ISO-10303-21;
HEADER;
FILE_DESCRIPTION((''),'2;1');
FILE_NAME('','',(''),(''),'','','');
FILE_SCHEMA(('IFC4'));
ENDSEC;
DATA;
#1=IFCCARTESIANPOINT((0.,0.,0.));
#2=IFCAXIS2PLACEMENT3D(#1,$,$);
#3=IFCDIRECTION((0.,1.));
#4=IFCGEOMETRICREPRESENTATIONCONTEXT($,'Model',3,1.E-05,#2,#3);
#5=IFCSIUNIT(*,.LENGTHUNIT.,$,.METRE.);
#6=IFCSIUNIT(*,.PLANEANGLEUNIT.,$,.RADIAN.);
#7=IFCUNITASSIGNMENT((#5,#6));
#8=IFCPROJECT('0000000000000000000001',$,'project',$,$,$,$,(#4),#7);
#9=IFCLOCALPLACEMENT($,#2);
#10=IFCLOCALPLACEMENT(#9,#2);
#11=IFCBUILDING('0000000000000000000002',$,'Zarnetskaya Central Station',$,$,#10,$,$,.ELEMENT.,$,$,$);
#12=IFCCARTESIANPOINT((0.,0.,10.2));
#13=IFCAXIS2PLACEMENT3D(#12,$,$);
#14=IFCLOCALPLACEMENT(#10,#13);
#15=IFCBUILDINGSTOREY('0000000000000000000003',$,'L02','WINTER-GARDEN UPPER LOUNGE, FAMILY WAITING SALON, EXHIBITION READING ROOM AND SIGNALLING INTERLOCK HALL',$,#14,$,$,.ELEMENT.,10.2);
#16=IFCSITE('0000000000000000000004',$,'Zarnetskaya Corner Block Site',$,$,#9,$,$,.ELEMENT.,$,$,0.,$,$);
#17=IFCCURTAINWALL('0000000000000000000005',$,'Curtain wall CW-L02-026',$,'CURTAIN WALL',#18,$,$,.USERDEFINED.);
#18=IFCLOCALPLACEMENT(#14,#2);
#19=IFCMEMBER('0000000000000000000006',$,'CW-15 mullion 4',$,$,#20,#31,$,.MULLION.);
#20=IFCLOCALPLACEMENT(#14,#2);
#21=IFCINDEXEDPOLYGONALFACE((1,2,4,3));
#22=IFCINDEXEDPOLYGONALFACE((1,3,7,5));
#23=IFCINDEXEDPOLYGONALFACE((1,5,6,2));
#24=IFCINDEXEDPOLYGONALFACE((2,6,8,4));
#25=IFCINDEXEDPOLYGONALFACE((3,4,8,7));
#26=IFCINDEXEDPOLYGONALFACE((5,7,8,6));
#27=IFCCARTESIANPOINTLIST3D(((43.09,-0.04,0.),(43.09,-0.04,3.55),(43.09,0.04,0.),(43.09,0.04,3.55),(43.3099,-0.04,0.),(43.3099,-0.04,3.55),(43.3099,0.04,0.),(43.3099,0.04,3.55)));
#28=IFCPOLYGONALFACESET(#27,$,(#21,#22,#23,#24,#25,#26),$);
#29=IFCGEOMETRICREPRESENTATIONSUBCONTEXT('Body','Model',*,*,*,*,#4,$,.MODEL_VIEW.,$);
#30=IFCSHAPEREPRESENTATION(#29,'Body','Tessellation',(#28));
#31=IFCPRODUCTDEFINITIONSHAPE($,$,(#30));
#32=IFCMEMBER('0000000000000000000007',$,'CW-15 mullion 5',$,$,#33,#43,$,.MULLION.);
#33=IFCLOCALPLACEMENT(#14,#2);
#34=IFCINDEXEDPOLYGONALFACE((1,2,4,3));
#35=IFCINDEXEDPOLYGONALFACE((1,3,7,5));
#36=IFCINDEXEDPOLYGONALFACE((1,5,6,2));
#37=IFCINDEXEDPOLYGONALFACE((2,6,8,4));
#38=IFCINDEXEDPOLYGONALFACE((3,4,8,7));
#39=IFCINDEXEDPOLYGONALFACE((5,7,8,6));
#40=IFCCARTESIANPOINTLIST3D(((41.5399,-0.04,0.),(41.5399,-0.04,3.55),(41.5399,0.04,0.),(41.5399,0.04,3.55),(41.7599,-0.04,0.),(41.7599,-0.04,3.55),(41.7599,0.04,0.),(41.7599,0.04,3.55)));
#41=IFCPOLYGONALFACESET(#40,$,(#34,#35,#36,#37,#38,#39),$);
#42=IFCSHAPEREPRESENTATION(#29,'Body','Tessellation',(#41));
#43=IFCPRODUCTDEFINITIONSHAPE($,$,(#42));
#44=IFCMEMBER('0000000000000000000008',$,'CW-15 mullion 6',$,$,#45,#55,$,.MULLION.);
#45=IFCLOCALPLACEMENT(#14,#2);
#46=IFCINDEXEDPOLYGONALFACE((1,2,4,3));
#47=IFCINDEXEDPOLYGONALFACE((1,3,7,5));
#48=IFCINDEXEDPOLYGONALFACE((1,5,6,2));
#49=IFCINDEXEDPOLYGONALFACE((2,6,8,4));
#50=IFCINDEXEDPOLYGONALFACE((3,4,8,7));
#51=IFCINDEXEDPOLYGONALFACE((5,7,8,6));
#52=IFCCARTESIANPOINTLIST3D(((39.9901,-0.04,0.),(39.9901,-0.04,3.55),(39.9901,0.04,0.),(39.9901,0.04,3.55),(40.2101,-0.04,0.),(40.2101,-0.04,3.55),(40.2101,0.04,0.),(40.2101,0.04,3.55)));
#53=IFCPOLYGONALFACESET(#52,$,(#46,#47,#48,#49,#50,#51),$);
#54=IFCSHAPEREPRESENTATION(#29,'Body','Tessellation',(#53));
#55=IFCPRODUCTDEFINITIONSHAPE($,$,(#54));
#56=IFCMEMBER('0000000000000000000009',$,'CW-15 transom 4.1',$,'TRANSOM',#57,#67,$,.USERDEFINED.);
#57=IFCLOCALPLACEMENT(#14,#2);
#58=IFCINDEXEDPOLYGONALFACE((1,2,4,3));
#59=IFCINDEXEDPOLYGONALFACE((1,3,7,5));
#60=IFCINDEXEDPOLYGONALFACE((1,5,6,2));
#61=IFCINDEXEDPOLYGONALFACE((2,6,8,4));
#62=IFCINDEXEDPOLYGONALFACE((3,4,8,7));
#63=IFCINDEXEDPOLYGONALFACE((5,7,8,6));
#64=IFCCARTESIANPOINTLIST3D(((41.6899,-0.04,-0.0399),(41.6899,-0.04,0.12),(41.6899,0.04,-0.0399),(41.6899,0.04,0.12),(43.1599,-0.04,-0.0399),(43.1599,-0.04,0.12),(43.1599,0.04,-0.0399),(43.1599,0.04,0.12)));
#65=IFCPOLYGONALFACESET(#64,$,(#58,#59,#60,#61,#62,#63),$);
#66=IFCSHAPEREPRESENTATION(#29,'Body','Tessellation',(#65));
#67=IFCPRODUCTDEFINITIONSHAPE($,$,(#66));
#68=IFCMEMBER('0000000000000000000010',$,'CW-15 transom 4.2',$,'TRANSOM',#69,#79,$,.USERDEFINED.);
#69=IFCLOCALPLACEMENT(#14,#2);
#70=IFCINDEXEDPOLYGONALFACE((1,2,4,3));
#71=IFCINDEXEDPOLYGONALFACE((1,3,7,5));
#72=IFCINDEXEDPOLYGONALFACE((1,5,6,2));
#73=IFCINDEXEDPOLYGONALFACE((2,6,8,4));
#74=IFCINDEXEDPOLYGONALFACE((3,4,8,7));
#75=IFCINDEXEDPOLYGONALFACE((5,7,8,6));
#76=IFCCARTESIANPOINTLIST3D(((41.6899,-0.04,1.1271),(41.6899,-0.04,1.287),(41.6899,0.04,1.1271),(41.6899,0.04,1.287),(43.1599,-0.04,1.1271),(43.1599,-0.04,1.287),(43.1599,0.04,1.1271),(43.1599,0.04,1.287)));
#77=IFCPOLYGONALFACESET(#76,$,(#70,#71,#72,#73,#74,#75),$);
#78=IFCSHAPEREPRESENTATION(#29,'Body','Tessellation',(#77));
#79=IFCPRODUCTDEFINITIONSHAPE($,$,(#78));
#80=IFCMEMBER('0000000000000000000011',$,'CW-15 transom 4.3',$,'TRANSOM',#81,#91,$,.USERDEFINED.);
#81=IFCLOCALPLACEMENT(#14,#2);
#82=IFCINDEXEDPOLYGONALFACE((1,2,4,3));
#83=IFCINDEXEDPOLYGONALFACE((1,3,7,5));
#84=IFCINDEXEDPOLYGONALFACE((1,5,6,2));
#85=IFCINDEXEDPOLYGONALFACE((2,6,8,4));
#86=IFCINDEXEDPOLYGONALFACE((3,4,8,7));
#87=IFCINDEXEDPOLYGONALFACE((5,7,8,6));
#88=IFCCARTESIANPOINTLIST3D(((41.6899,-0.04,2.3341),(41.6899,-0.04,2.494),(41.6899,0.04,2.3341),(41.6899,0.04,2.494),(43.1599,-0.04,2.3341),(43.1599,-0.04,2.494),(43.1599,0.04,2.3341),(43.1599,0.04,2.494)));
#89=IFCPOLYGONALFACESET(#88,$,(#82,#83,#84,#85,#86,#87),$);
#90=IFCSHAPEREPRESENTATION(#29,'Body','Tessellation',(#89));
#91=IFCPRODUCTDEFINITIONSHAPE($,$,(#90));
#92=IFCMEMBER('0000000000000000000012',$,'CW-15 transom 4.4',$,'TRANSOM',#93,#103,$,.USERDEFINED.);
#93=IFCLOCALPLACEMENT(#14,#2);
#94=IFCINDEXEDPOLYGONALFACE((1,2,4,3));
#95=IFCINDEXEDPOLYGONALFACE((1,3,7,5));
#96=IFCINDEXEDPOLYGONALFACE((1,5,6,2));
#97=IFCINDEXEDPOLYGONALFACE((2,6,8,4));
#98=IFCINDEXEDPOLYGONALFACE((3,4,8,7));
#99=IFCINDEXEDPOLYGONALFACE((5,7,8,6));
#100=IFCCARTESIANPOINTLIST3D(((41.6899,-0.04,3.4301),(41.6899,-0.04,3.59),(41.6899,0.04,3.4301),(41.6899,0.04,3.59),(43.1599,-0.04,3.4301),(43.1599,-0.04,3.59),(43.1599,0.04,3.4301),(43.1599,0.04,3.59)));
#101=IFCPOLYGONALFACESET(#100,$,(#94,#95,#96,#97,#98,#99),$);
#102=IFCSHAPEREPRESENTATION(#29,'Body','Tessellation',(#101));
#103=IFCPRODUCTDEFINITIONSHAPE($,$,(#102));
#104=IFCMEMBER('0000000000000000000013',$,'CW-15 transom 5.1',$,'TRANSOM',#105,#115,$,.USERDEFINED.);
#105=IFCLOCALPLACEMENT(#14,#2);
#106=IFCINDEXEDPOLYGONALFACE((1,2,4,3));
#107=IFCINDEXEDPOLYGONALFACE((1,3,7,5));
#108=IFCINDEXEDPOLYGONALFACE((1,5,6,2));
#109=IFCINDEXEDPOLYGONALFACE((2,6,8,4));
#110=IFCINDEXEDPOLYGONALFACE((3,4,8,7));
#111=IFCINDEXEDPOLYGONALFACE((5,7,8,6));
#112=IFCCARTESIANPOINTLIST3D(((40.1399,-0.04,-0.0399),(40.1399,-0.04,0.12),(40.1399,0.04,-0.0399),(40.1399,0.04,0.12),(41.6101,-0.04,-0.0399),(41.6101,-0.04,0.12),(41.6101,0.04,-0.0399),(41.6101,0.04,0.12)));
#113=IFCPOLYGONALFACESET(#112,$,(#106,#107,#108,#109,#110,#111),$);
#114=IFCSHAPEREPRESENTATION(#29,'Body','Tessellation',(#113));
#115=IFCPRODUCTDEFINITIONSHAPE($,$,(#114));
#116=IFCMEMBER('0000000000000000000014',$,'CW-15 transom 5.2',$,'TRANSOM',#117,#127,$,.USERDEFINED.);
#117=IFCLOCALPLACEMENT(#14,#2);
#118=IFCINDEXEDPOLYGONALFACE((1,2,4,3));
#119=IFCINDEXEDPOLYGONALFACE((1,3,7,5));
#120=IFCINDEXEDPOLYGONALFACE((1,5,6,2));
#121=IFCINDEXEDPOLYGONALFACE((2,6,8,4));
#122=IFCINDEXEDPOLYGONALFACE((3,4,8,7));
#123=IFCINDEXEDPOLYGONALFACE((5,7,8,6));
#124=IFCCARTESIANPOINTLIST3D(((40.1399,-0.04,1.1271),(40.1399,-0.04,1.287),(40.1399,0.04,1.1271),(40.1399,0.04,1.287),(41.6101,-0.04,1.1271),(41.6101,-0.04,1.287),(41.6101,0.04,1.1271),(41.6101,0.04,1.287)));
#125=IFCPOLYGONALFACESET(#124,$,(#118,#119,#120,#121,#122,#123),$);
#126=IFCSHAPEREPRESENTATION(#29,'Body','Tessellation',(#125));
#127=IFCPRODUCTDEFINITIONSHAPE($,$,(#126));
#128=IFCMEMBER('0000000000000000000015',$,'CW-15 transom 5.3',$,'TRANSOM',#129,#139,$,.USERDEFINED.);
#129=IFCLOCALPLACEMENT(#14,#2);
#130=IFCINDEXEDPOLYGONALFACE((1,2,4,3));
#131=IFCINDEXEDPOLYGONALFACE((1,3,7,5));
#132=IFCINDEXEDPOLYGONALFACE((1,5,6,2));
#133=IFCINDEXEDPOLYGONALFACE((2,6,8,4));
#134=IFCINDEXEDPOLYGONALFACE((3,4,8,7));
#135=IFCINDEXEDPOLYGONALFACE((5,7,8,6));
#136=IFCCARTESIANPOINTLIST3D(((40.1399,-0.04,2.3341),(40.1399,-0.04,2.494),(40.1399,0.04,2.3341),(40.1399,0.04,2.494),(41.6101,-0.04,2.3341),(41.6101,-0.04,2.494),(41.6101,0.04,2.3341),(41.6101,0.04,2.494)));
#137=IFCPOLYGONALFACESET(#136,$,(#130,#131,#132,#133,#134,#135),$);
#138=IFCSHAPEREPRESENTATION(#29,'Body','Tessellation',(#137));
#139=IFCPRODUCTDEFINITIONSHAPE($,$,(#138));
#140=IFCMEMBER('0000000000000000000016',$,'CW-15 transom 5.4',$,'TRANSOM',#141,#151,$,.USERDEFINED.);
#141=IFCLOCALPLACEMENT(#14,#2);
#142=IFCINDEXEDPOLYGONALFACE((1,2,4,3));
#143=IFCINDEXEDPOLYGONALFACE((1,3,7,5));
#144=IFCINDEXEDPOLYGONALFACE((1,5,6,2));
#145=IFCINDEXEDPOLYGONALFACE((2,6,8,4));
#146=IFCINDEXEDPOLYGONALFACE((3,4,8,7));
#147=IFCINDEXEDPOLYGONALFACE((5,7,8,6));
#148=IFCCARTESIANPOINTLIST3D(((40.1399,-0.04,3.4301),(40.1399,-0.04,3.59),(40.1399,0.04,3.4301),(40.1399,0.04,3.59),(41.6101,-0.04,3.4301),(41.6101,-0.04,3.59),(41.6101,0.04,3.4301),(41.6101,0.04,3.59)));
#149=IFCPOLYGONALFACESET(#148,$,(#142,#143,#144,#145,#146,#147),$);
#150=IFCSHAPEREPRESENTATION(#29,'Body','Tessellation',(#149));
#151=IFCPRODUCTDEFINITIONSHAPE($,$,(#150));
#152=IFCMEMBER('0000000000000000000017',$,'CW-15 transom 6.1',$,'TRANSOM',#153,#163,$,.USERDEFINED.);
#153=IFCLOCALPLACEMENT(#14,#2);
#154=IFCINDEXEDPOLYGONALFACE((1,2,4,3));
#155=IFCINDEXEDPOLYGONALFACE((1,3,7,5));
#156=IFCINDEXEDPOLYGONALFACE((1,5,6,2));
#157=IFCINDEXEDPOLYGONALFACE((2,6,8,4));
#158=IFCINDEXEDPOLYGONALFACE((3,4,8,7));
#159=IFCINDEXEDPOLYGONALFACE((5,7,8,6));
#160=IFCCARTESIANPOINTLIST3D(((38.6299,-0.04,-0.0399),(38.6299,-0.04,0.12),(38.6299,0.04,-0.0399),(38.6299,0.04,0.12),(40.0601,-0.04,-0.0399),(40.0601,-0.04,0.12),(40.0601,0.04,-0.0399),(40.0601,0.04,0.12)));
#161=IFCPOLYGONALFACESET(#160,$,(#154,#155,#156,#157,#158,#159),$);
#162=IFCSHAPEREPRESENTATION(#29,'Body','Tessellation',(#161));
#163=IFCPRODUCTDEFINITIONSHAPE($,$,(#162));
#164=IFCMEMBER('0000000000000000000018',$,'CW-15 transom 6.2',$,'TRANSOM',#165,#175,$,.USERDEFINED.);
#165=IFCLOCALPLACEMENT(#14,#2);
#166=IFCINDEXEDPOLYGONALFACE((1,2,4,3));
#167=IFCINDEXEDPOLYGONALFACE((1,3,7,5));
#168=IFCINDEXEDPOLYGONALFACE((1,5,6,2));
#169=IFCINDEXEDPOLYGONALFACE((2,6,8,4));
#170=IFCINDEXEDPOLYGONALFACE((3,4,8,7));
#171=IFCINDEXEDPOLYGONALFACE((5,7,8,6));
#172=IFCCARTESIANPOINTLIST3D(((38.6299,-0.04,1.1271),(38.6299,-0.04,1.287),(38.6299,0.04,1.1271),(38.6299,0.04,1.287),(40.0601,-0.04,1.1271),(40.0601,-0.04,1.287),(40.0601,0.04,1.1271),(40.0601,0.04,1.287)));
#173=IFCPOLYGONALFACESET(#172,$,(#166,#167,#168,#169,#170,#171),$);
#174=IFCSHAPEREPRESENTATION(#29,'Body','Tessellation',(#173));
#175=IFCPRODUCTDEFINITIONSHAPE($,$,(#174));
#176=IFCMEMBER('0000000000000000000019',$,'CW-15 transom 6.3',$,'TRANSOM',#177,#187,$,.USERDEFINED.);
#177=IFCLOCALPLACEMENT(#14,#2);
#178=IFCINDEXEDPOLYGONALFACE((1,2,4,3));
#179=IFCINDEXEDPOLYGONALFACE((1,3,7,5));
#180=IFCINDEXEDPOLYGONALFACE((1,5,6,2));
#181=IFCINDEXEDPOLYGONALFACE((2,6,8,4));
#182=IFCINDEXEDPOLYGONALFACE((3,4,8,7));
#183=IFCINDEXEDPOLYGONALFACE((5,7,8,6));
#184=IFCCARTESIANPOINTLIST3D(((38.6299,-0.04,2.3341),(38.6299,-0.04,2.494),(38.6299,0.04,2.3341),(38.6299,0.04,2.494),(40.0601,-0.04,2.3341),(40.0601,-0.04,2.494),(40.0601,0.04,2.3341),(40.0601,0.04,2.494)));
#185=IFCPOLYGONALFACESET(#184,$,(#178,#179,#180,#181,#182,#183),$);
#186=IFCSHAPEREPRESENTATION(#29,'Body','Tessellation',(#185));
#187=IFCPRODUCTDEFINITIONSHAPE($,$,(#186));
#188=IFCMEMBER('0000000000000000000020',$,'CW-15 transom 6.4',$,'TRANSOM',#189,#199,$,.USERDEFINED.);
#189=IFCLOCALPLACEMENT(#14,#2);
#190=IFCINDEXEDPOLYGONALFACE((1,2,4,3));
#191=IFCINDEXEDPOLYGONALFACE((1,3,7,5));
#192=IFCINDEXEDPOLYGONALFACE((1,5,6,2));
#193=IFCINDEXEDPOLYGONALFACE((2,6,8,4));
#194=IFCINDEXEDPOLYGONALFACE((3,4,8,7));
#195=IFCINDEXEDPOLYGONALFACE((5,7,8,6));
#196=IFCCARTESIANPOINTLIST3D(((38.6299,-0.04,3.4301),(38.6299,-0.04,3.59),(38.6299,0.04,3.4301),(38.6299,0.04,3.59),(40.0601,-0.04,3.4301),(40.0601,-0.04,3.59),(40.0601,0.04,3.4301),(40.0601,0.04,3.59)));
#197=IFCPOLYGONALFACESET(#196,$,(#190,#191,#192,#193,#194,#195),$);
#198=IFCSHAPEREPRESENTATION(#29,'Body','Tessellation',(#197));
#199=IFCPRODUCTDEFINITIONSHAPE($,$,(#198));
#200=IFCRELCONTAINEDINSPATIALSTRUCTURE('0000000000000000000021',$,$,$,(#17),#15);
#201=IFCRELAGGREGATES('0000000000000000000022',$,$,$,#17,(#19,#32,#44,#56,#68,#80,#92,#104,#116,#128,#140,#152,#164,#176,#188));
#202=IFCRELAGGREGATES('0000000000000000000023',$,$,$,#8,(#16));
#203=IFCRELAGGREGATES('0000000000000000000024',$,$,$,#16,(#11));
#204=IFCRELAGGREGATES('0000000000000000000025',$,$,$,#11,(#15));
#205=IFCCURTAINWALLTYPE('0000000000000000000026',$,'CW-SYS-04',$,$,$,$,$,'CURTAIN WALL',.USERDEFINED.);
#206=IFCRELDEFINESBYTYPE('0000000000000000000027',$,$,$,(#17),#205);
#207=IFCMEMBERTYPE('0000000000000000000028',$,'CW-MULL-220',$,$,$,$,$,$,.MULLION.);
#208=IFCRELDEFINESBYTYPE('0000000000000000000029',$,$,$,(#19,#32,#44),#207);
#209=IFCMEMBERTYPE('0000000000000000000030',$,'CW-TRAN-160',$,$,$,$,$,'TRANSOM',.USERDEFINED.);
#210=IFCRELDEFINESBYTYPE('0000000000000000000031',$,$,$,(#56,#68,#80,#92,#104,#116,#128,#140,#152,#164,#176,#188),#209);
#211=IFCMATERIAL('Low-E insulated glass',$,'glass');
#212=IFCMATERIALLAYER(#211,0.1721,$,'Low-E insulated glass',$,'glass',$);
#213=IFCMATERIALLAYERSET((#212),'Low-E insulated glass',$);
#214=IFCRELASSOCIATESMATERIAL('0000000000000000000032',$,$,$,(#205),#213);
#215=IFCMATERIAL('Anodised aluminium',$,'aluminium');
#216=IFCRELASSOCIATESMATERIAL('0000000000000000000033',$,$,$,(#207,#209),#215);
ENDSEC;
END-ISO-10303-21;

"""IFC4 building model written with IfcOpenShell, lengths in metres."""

from ifc_helpers import new_model, si_unit, direction, frame, origin, origin_2d, place, context, subcontext, project, spatial, rectangle, extrude, material, layer, layer_set, material_profile, profile_set, type_object, element, aggregate, save


model = new_model("IFC4")

# Units and contexts
model_context = context("Model", 3, precision=1e-05, world=origin(), true_north=direction((0.0, 1.0)))
body_context = subcontext(model_context, "Body", "Model", "MODEL_VIEW")
ifc_project = project(units=[si_unit("LENGTHUNIT", "METRE"), si_unit("PLANEANGLEUNIT", "RADIAN")], contexts=[model_context])

# Site, building, storey
site_placement = place(None, origin())
site = spatial("IfcSite", under=ifc_project, at=site_placement, Name="Zarnetskaya Corner Block Site", CompositionType="ELEMENT", RefElevation=0.0)
building_placement = place(site_placement, origin())
building = spatial("IfcBuilding", under=site, at=building_placement, Name="Zarnetskaya Central Station", CompositionType="ELEMENT")
storey_placement = place(building_placement, frame((0.0, 0.0, 10.2)))
storey = spatial("IfcBuildingStorey", under=building, at=storey_placement, Name="L02", Description="WINTER-GARDEN UPPER LOUNGE, FAMILY WAITING SALON, EXHIBITION READING ROOM AND SIGNALLING INTERLOCK HALL", CompositionType="ELEMENT", Elevation=10.2)

# Curtain wall, members
ifc_material_1 = material(Name="Low-E insulated glass", Category="glass")
ifc_layer_1 = layer(ifc_material_1, 0.1721, Name="Low-E insulated glass", Category="glass")
ifc_layer_set_1 = layer_set([ifc_layer_1], Name="Low-E insulated glass")
curtain_wall_type = type_object("IfcCurtainWallType", Name="CW-SYS-04", ElementType="CURTAIN WALL", PredefinedType="USERDEFINED", material=ifc_layer_set_1)
curtain_wall_placement = place(storey_placement, origin())
curtain_wall = element("IfcCurtainWall", 1, at=curtain_wall_placement, inside=storey, type_object=curtain_wall_type, Name="Curtain wall CW-L02-026", ObjectType="CURTAIN WALL", PredefinedType="USERDEFINED")
ifc_material_2 = material(Name="Anodised aluminium", Category="aluminium")
ifc_material_profile_1 = material_profile(ifc_material_2, rectangle(XDim=0.0801, YDim=0.22, at=origin_2d()), Name="ALU MULL 80x220")
ifc_profile_set_1 = profile_set([ifc_material_profile_1], Name="Anodised aluminium")
member_type_1 = type_object("IfcMemberType", Name="CW-MULL-220", PredefinedType="MULLION", material=ifc_profile_set_1)
member_1_placement = place(storey_placement, frame((43.2, 0.0, 0.0), z_axis=(0.0, 0.0, 1.0), x_axis=(0.0, -1.0, 0.0)))
member_1 = element("IfcMember", 2, at=member_1_placement, type_object=member_type_1, Name="CW-15 mullion 4", PredefinedType="MULLION", context=body_context, shape_type="SweptSolid", body=[
    extrude(rectangle(XDim=0.0801, YDim=0.22, at=origin_2d()), origin(), (0.0, 0.0, 1.0), 3.55),
])
member_2_placement = place(storey_placement, frame((41.6499, 0.0, 0.0), z_axis=(0.0, 0.0, 1.0), x_axis=(0.0, -1.0, 0.0)))
member_2 = element("IfcMember", 3, at=member_2_placement, type_object=member_type_1, Name="CW-15 mullion 5", PredefinedType="MULLION", context=body_context, shape_type="SweptSolid", body=[
    extrude(rectangle(XDim=0.0801, YDim=0.22, at=origin_2d()), origin(), (0.0, 0.0, 1.0), 3.55),
])
member_3_placement = place(storey_placement, frame((40.1001, 0.0, 0.0), z_axis=(0.0, 0.0, 1.0), x_axis=(0.0, -1.0, 0.0)))
member_3 = element("IfcMember", 4, at=member_3_placement, type_object=member_type_1, Name="CW-15 mullion 6", PredefinedType="MULLION", context=body_context, shape_type="SweptSolid", body=[
    extrude(rectangle(XDim=0.0801, YDim=0.22, at=origin_2d()), origin(), (0.0, 0.0, 1.0), 3.55),
])
ifc_material_profile_2 = material_profile(ifc_material_2, rectangle(XDim=0.0801, YDim=0.1599, at=origin_2d()), Name="ALU TRAN 80x160")
ifc_profile_set_2 = profile_set([ifc_material_profile_2], Name="Anodised aluminium")
member_type_2 = type_object("IfcMemberType", Name="CW-TRAN-160", ElementType="TRANSOM", PredefinedType="USERDEFINED", material=ifc_profile_set_2)
member_4_placement = place(storey_placement, frame((43.1599, 0.0, 0.04), z_axis=(-1.0, 0.0, 0.0), x_axis=(0.0, -1.0, 0.0)))
member_4 = element("IfcMember", 5, at=member_4_placement, type_object=member_type_2, Name="CW-15 transom 4.1", ObjectType="TRANSOM", PredefinedType="USERDEFINED", context=body_context, shape_type="SweptSolid", body=[
    extrude(rectangle(XDim=0.0801, YDim=0.1599, at=origin_2d()), origin(), (0.0, 0.0, 1.0), 1.47),
])
member_5_placement = place(storey_placement, frame((43.1599, 0.0, 1.207), z_axis=(-1.0, 0.0, 0.0), x_axis=(0.0, -1.0, 0.0)))
member_5 = element("IfcMember", 6, at=member_5_placement, type_object=member_type_2, Name="CW-15 transom 4.2", ObjectType="TRANSOM", PredefinedType="USERDEFINED", context=body_context, shape_type="SweptSolid", body=[
    extrude(rectangle(XDim=0.0801, YDim=0.1599, at=origin_2d()), origin(), (0.0, 0.0, 1.0), 1.47),
])
member_6_placement = place(storey_placement, frame((43.1599, 0.0, 2.4141), z_axis=(-1.0, 0.0, 0.0), x_axis=(0.0, -1.0, 0.0)))
member_6 = element("IfcMember", 7, at=member_6_placement, type_object=member_type_2, Name="CW-15 transom 4.3", ObjectType="TRANSOM", PredefinedType="USERDEFINED", context=body_context, shape_type="SweptSolid", body=[
    extrude(rectangle(XDim=0.0801, YDim=0.1599, at=origin_2d()), origin(), (0.0, 0.0, 1.0), 1.47),
])
member_7_placement = place(storey_placement, frame((43.1599, 0.0, 3.51), z_axis=(-1.0, 0.0, 0.0), x_axis=(0.0, -1.0, 0.0)))
member_7 = element("IfcMember", 8, at=member_7_placement, type_object=member_type_2, Name="CW-15 transom 4.4", ObjectType="TRANSOM", PredefinedType="USERDEFINED", context=body_context, shape_type="SweptSolid", body=[
    extrude(rectangle(XDim=0.0801, YDim=0.1599, at=origin_2d()), origin(), (0.0, 0.0, 1.0), 1.47),
])
member_8_placement = place(storey_placement, frame((41.6101, 0.0, 0.04), z_axis=(-1.0, 0.0, 0.0), x_axis=(0.0, -1.0, 0.0)))
member_8 = element("IfcMember", 9, at=member_8_placement, type_object=member_type_2, Name="CW-15 transom 5.1", ObjectType="TRANSOM", PredefinedType="USERDEFINED", context=body_context, shape_type="SweptSolid", body=[
    extrude(rectangle(XDim=0.0801, YDim=0.1599, at=origin_2d()), origin(), (0.0, 0.0, 1.0), 1.4702),
])
member_9_placement = place(storey_placement, frame((41.6101, 0.0, 1.207), z_axis=(-1.0, 0.0, 0.0), x_axis=(0.0, -1.0, 0.0)))
member_9 = element("IfcMember", 10, at=member_9_placement, type_object=member_type_2, Name="CW-15 transom 5.2", ObjectType="TRANSOM", PredefinedType="USERDEFINED", context=body_context, shape_type="SweptSolid", body=[
    extrude(rectangle(XDim=0.0801, YDim=0.1599, at=origin_2d()), origin(), (0.0, 0.0, 1.0), 1.4702),
])
member_10_placement = place(storey_placement, frame((41.6101, 0.0, 2.4141), z_axis=(-1.0, 0.0, 0.0), x_axis=(0.0, -1.0, 0.0)))
member_10 = element("IfcMember", 11, at=member_10_placement, type_object=member_type_2, Name="CW-15 transom 5.3", ObjectType="TRANSOM", PredefinedType="USERDEFINED", context=body_context, shape_type="SweptSolid", body=[
    extrude(rectangle(XDim=0.0801, YDim=0.1599, at=origin_2d()), origin(), (0.0, 0.0, 1.0), 1.4702),
])
member_11_placement = place(storey_placement, frame((41.6101, 0.0, 3.51), z_axis=(-1.0, 0.0, 0.0), x_axis=(0.0, -1.0, 0.0)))
member_11 = element("IfcMember", 12, at=member_11_placement, type_object=member_type_2, Name="CW-15 transom 5.4", ObjectType="TRANSOM", PredefinedType="USERDEFINED", context=body_context, shape_type="SweptSolid", body=[
    extrude(rectangle(XDim=0.0801, YDim=0.1599, at=origin_2d()), origin(), (0.0, 0.0, 1.0), 1.4702),
])
member_12_placement = place(storey_placement, frame((40.0601, 0.0, 0.04), z_axis=(-1.0, 0.0, 0.0), x_axis=(0.0, -1.0, 0.0)))
member_12 = element("IfcMember", 13, at=member_12_placement, type_object=member_type_2, Name="CW-15 transom 6.1", ObjectType="TRANSOM", PredefinedType="USERDEFINED", context=body_context, shape_type="SweptSolid", body=[
    extrude(rectangle(XDim=0.0801, YDim=0.1599, at=origin_2d()), origin(), (0.0, 0.0, 1.0), 1.4302),
])
member_13_placement = place(storey_placement, frame((40.0601, 0.0, 1.207), z_axis=(-1.0, 0.0, 0.0), x_axis=(0.0, -1.0, 0.0)))
member_13 = element("IfcMember", 14, at=member_13_placement, type_object=member_type_2, Name="CW-15 transom 6.2", ObjectType="TRANSOM", PredefinedType="USERDEFINED", context=body_context, shape_type="SweptSolid", body=[
    extrude(rectangle(XDim=0.0801, YDim=0.1599, at=origin_2d()), origin(), (0.0, 0.0, 1.0), 1.4302),
])
member_14_placement = place(storey_placement, frame((40.0601, 0.0, 2.4141), z_axis=(-1.0, 0.0, 0.0), x_axis=(0.0, -1.0, 0.0)))
member_14 = element("IfcMember", 15, at=member_14_placement, type_object=member_type_2, Name="CW-15 transom 6.3", ObjectType="TRANSOM", PredefinedType="USERDEFINED", context=body_context, shape_type="SweptSolid", body=[
    extrude(rectangle(XDim=0.0801, YDim=0.1599, at=origin_2d()), origin(), (0.0, 0.0, 1.0), 1.4302),
])
member_15_placement = place(storey_placement, frame((40.0601, 0.0, 3.51), z_axis=(-1.0, 0.0, 0.0), x_axis=(0.0, -1.0, 0.0)))
member_15 = element("IfcMember", 16, at=member_15_placement, type_object=member_type_2, Name="CW-15 transom 6.4", ObjectType="TRANSOM", PredefinedType="USERDEFINED", context=body_context, shape_type="SweptSolid", body=[
    extrude(rectangle(XDim=0.0801, YDim=0.1599, at=origin_2d()), origin(), (0.0, 0.0, 1.0), 1.4302),
])
aggregate(curtain_wall, [member_1, member_2, member_3, member_4, member_5, member_6, member_7, member_8, member_9, member_10, member_11, member_12, member_13, member_14, member_15])

save(model, "model.ifc")
